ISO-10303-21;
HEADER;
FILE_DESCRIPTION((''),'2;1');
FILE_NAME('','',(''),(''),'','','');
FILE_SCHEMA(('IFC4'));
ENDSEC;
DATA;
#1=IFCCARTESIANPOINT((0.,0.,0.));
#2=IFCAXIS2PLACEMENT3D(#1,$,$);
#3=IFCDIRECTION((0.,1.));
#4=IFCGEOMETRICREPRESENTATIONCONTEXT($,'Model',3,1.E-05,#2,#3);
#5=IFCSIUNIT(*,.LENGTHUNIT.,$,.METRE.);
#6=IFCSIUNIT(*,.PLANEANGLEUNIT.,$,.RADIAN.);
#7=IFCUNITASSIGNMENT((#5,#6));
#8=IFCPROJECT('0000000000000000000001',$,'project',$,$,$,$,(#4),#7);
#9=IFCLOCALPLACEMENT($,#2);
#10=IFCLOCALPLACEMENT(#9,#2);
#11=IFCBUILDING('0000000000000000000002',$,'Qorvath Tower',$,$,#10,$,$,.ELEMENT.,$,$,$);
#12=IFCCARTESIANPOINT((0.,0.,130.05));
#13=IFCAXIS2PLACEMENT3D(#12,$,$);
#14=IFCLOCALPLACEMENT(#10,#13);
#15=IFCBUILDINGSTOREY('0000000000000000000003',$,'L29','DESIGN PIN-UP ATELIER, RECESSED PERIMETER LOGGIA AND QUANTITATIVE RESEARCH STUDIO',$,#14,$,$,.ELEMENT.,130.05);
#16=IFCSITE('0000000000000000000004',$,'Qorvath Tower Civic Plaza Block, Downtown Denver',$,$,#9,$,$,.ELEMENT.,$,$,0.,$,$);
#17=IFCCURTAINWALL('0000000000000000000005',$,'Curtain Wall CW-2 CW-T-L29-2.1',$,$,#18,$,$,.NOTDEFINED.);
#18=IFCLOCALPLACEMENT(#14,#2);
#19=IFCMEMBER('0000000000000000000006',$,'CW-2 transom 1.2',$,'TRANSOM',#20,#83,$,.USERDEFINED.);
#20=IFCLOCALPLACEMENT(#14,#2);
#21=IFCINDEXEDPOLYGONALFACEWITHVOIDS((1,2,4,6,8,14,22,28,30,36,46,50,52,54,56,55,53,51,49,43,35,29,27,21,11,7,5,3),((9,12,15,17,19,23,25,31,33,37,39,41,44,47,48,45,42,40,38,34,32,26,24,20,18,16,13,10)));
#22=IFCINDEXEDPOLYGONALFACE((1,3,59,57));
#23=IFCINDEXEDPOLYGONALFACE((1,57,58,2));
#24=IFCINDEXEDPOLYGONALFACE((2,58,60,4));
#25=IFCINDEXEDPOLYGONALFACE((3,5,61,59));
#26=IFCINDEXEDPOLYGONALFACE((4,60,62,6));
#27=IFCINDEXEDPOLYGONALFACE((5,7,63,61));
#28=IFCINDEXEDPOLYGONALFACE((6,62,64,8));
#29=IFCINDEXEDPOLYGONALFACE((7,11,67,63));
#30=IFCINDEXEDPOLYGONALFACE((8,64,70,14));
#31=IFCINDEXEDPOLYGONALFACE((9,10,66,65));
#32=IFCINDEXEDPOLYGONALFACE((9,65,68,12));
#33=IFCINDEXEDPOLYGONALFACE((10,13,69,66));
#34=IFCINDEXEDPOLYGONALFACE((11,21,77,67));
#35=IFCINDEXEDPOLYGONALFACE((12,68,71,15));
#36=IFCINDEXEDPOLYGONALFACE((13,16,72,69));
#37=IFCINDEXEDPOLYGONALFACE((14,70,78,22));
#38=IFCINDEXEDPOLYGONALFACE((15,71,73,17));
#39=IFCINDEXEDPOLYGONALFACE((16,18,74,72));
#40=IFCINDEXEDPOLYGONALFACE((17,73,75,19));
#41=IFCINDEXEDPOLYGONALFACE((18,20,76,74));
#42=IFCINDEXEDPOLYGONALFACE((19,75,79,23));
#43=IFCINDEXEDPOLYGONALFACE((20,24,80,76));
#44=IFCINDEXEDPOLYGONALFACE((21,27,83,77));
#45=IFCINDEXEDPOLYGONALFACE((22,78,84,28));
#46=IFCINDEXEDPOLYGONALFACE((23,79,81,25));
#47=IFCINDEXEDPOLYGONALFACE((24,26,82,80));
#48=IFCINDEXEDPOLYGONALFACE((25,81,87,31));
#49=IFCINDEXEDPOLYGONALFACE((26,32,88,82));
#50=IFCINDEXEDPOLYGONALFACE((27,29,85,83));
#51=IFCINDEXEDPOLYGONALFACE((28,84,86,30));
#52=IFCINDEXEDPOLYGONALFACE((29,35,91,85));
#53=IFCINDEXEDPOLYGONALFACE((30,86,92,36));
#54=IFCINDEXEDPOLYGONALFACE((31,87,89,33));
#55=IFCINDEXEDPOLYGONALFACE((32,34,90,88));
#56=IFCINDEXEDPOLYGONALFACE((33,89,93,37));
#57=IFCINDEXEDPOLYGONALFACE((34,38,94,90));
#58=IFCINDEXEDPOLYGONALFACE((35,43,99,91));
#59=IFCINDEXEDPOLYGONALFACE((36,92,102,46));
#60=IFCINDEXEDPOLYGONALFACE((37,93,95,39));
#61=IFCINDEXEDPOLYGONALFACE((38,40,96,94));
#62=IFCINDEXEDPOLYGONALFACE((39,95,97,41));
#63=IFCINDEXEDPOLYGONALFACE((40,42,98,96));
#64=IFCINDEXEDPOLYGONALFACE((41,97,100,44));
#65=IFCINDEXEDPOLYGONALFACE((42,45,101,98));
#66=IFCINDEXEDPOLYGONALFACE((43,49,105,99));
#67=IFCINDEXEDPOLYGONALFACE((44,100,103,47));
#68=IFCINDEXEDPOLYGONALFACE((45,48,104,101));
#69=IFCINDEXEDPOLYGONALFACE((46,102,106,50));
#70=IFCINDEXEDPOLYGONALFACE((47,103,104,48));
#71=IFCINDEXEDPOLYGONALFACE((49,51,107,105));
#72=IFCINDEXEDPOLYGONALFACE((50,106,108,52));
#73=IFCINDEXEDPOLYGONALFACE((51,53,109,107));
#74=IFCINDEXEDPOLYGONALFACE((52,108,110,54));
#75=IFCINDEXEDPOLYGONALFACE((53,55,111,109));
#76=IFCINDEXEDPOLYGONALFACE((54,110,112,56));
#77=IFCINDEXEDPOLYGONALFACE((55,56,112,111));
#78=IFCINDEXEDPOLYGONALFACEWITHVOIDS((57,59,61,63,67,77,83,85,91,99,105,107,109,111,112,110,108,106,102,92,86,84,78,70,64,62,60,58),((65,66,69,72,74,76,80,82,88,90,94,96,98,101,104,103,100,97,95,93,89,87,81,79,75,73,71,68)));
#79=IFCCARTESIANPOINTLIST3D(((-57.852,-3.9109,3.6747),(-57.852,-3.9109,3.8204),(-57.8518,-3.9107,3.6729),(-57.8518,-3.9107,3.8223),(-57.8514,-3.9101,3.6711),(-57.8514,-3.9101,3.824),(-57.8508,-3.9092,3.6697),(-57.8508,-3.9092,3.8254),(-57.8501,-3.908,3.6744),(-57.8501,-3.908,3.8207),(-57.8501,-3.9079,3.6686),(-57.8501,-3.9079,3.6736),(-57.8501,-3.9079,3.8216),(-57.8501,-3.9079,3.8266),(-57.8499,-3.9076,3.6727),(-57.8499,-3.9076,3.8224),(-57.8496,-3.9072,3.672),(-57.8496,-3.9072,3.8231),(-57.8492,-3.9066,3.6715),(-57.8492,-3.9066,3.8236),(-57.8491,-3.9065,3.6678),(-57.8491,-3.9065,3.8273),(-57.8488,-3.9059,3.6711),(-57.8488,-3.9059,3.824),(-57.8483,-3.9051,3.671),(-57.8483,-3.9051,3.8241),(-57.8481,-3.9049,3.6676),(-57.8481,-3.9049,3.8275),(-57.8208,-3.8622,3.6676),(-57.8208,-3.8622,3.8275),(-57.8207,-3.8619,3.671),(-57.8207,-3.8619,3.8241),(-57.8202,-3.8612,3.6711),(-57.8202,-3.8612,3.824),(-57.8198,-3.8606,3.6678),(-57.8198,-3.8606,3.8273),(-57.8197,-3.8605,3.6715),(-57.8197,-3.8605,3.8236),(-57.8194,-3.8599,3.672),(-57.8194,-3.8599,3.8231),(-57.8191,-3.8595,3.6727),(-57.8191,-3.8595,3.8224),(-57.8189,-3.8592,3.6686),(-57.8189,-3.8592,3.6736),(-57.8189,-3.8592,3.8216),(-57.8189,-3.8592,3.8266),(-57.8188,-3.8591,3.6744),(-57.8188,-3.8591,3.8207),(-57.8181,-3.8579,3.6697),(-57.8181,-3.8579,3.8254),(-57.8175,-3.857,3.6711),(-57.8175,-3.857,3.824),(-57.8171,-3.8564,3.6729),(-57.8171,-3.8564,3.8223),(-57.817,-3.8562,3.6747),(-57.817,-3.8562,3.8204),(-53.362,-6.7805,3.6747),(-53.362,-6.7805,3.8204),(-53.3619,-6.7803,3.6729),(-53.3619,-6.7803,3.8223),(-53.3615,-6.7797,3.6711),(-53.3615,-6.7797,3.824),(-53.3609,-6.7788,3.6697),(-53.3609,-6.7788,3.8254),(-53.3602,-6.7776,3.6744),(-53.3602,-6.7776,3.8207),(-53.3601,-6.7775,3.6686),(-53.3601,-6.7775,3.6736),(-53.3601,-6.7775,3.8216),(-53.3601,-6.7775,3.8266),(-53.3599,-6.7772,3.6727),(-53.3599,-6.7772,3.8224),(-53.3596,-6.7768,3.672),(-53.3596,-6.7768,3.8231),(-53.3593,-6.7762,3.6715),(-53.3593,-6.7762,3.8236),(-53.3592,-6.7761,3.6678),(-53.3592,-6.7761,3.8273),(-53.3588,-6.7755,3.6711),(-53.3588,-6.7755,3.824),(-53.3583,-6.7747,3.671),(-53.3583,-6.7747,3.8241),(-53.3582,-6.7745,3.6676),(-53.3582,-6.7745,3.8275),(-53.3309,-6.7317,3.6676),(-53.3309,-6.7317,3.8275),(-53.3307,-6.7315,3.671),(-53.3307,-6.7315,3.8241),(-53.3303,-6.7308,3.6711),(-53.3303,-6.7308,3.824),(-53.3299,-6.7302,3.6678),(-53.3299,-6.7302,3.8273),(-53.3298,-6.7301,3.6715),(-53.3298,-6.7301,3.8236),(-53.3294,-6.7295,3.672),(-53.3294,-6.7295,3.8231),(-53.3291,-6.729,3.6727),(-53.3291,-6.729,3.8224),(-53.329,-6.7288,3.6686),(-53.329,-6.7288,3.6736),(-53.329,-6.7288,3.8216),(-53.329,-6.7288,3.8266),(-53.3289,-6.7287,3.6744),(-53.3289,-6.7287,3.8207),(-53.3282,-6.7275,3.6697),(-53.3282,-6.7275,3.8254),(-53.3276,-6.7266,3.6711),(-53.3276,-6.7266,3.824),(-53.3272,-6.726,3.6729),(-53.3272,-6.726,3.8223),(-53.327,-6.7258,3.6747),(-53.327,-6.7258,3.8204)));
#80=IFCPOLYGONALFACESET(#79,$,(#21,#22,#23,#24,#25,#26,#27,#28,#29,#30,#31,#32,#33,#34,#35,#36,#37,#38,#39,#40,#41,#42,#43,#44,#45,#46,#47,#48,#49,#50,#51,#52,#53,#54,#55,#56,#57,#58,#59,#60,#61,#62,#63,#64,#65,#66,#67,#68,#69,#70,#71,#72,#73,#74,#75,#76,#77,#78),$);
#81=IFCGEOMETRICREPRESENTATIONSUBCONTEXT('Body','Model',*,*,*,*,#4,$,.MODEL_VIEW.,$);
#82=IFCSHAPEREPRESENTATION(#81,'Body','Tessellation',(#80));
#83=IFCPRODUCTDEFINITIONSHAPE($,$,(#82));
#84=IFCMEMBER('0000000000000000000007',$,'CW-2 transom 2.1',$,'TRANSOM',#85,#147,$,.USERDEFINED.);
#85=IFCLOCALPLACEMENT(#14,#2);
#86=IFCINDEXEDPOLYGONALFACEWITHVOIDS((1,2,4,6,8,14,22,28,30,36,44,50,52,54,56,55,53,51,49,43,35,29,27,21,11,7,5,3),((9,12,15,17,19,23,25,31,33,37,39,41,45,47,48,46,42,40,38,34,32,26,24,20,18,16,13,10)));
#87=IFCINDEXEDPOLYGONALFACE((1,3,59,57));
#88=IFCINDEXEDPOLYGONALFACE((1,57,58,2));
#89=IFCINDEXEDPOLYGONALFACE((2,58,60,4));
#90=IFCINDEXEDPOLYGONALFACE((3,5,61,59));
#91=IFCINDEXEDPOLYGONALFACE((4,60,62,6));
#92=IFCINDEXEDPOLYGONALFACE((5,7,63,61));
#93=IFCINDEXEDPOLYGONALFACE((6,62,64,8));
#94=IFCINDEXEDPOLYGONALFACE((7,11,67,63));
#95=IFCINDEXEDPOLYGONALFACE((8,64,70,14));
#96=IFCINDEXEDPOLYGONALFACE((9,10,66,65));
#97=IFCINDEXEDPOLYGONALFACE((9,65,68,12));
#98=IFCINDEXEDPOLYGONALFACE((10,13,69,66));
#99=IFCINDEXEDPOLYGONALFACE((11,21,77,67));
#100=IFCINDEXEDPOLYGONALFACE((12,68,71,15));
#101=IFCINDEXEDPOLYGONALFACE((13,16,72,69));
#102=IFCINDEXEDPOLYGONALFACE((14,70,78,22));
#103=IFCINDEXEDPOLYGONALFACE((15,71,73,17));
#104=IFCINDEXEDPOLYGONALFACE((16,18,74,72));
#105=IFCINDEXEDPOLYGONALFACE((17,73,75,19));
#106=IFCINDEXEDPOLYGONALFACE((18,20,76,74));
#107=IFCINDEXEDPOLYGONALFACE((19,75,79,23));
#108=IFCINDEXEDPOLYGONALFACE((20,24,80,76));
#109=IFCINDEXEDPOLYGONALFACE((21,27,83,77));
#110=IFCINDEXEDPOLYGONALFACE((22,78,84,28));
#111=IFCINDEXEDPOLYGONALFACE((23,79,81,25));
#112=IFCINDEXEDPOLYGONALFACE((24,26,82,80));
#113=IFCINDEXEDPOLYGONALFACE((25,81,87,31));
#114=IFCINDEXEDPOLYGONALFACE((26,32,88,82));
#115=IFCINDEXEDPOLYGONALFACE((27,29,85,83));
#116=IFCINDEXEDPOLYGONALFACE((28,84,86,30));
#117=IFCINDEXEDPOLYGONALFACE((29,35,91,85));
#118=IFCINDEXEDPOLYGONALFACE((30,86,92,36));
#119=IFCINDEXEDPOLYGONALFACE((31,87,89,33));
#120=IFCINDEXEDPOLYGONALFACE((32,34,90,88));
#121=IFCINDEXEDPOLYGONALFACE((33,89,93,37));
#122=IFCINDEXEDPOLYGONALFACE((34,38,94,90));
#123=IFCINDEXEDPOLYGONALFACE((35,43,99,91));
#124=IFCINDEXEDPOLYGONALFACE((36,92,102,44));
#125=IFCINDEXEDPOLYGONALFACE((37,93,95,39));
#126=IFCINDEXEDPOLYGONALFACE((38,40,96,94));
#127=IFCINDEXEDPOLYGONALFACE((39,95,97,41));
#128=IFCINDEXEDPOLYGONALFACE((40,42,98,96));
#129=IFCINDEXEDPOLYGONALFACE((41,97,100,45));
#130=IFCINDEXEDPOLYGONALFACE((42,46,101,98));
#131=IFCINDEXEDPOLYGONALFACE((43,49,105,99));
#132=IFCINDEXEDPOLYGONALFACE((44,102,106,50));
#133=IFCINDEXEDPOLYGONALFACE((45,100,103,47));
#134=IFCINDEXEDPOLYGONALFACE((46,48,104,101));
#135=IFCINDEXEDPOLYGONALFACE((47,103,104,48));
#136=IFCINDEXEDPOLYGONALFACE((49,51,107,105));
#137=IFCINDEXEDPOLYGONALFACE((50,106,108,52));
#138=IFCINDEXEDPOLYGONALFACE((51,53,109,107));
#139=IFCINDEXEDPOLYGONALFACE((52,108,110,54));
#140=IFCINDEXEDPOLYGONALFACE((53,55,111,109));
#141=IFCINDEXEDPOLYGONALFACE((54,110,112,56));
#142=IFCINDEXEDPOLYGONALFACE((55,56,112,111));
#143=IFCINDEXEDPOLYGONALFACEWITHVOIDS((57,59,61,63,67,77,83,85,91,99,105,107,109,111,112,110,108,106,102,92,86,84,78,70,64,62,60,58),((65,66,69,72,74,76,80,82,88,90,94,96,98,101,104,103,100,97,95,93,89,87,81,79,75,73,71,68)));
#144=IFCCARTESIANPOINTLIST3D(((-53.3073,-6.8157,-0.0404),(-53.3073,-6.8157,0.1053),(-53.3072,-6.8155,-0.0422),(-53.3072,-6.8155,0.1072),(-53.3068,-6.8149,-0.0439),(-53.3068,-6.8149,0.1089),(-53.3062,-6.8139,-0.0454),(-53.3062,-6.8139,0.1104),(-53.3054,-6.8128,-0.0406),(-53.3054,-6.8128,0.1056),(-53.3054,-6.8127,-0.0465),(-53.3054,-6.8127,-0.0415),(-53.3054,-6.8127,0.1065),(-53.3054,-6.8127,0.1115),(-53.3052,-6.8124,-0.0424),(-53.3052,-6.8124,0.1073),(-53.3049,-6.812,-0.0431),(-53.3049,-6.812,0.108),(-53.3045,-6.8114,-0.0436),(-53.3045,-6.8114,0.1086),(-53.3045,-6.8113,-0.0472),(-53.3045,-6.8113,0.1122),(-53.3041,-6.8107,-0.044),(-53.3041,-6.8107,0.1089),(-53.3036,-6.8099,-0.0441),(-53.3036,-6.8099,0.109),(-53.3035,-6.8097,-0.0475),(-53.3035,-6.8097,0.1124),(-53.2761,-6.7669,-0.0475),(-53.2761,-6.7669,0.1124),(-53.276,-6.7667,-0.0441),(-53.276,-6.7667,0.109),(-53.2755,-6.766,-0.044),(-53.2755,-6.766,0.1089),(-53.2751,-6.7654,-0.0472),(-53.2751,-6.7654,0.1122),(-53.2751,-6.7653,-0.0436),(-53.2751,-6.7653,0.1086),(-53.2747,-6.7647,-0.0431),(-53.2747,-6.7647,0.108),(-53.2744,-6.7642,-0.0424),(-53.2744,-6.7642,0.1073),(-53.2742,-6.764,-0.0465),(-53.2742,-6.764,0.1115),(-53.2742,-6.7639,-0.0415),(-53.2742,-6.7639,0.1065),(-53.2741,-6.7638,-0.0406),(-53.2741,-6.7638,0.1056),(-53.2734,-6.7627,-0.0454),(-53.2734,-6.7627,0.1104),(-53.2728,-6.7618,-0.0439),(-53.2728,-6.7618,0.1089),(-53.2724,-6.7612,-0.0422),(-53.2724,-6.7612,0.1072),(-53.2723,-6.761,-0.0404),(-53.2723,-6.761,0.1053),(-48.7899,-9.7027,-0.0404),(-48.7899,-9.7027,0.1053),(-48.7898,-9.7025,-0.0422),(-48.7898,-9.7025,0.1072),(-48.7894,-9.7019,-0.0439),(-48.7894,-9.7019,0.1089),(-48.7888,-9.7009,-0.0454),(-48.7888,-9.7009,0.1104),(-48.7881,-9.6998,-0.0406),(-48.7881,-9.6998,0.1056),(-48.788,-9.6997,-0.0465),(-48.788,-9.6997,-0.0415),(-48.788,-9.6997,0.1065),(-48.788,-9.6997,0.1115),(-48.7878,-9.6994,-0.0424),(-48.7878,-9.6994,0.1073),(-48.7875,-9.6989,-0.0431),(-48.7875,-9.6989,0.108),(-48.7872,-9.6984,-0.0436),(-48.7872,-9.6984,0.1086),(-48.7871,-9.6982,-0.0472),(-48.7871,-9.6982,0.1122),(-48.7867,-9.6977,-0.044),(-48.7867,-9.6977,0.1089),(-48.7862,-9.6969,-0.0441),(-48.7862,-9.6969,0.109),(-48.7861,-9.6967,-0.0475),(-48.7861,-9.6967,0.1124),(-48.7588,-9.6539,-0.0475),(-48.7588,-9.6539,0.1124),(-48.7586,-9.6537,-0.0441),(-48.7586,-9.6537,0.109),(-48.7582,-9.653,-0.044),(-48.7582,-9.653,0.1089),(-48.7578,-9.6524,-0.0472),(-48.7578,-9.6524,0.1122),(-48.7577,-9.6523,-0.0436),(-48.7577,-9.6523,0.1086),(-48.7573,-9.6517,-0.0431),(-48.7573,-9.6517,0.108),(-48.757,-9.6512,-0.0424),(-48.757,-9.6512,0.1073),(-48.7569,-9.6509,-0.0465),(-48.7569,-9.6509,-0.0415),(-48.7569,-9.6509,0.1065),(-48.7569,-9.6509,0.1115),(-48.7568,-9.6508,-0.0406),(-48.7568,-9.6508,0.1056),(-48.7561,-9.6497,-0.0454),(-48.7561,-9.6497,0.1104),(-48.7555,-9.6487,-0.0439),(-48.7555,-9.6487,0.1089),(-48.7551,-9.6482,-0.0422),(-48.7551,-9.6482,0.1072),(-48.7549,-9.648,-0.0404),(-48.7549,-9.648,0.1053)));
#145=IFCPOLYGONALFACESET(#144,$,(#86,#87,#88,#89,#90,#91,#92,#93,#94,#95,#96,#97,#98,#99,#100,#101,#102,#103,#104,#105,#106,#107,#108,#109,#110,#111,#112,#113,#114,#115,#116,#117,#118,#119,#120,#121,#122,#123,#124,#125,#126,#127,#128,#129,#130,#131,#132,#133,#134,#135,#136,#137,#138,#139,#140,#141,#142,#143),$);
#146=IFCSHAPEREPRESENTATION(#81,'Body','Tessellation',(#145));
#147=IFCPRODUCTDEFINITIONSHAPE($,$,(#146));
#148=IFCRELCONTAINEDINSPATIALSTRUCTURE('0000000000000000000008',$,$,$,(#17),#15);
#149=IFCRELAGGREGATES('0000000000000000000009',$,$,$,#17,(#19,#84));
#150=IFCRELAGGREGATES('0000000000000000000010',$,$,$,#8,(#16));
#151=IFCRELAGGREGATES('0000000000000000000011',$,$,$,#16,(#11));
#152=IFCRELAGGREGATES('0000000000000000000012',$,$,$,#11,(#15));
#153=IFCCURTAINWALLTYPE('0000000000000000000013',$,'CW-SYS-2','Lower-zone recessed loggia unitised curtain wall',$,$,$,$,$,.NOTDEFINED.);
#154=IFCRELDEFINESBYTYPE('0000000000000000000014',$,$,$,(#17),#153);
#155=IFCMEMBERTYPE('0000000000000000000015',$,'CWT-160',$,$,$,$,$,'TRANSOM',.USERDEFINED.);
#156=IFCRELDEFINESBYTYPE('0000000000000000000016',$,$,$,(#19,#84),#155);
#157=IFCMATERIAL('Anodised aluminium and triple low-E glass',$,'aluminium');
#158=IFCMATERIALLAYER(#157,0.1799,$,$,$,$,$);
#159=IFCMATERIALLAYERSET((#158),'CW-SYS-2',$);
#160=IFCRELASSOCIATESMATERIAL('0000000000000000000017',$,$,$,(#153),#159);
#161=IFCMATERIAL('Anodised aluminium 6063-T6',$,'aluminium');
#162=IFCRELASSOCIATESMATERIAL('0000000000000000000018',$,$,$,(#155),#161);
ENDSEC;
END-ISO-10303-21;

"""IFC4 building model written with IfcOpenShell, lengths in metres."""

from ifc_helpers import new_model, si_unit, direction, frame, origin, origin_2d, place, context, subcontext, project, spatial, hollow_rectangle, extrude, material, layer, layer_set, material_profile, profile_set, type_object, element, aggregate, save


model = new_model("IFC4")

# Units and contexts
model_context = context("Model", 3, precision=1e-05, world=origin(), true_north=direction((0.0, 1.0)))
body_context = subcontext(model_context, "Body", "Model", "MODEL_VIEW")
ifc_project = project(units=[si_unit("LENGTHUNIT", "METRE"), si_unit("PLANEANGLEUNIT", "RADIAN")], contexts=[model_context])

# Site, building, storey
site_placement = place(None, origin())
site = spatial("IfcSite", under=ifc_project, at=site_placement, Name="Qorvath Tower Civic Plaza Block, Downtown Denver", CompositionType="ELEMENT", RefElevation=0.0)
building_placement = place(site_placement, origin())
building = spatial("IfcBuilding", under=site, at=building_placement, Name="Qorvath Tower", CompositionType="ELEMENT")
storey_placement = place(building_placement, frame((0.0, 0.0, 130.05)))
storey = spatial("IfcBuildingStorey", under=building, at=storey_placement, Name="L29", Description="DESIGN PIN-UP ATELIER, RECESSED PERIMETER LOGGIA AND QUANTITATIVE RESEARCH STUDIO", CompositionType="ELEMENT", Elevation=130.05)

# Curtain wall, members
ifc_material_1 = material(Name="Anodised aluminium and triple low-E glass", Category="aluminium")
ifc_layer_1 = layer(ifc_material_1, 0.1799)
ifc_layer_set_1 = layer_set([ifc_layer_1], Name="CW-SYS-2")
curtain_wall_type = type_object("IfcCurtainWallType", Name="CW-SYS-2", Description="Lower-zone recessed loggia unitised curtain wall", PredefinedType="NOTDEFINED", material=ifc_layer_set_1)
curtain_wall_placement = place(storey_placement, origin())
curtain_wall = element("IfcCurtainWall", 1, at=curtain_wall_placement, inside=storey, type_object=curtain_wall_type, Name="Curtain Wall CW-2 CW-T-L29-2.1", PredefinedType="NOTDEFINED")
ifc_material_2 = material(Name="Anodised aluminium 6063-T6", Category="aluminium")
ifc_material_profile_1 = material_profile(ifc_material_2, hollow_rectangle(XDim=0.0649, YDim=0.1599, WallThickness=0.0034, InnerFilletRadius=0.0034, OuterFilletRadius=0.0071, at=origin_2d()), Name="CWT 160x65")
ifc_profile_set_1 = profile_set([ifc_material_profile_1], Name="Anodised aluminium 6063-T6")
member_type_1 = type_object("IfcMemberType", Name="CWT-160", ElementType="TRANSOM", PredefinedType="USERDEFINED", material=ifc_profile_set_1)
member_1_placement = place(storey_placement, frame((-57.8345, -3.8835, 3.7476), z_axis=(0.842609, -0.538526, 0.0), x_axis=(0.538526, 0.842609, 0.0)))
member_1 = element("IfcMember", 2, at=member_1_placement, type_object=member_type_1, Name="CW-2 transom 1.2", ObjectType="TRANSOM", PredefinedType="USERDEFINED", context=body_context, shape_type="SweptSolid", body=[
    extrude(hollow_rectangle(XDim=0.0649, YDim=0.1599, WallThickness=0.0034, InnerFilletRadius=0.0034, OuterFilletRadius=0.0071, at=origin_2d()), origin(), (0.0, 0.0, 1.0), 5.3286),
])
member_2_placement = place(storey_placement, frame((-53.2898, -6.7883, 0.0325), z_axis=(0.842621, -0.538507, 0.0), x_axis=(0.538507, 0.842621, 0.0)))
member_2 = element("IfcMember", 3, at=member_2_placement, type_object=member_type_1, Name="CW-2 transom 2.1", ObjectType="TRANSOM", PredefinedType="USERDEFINED", context=body_context, shape_type="SweptSolid", body=[
    extrude(hollow_rectangle(XDim=0.0649, YDim=0.1599, WallThickness=0.0034, InnerFilletRadius=0.0034, OuterFilletRadius=0.0071, at=origin_2d()), origin(), (0.0, 0.0, 1.0), 5.3611),
])
aggregate(curtain_wall, [member_1, member_2])

save(model, "model.ifc")
